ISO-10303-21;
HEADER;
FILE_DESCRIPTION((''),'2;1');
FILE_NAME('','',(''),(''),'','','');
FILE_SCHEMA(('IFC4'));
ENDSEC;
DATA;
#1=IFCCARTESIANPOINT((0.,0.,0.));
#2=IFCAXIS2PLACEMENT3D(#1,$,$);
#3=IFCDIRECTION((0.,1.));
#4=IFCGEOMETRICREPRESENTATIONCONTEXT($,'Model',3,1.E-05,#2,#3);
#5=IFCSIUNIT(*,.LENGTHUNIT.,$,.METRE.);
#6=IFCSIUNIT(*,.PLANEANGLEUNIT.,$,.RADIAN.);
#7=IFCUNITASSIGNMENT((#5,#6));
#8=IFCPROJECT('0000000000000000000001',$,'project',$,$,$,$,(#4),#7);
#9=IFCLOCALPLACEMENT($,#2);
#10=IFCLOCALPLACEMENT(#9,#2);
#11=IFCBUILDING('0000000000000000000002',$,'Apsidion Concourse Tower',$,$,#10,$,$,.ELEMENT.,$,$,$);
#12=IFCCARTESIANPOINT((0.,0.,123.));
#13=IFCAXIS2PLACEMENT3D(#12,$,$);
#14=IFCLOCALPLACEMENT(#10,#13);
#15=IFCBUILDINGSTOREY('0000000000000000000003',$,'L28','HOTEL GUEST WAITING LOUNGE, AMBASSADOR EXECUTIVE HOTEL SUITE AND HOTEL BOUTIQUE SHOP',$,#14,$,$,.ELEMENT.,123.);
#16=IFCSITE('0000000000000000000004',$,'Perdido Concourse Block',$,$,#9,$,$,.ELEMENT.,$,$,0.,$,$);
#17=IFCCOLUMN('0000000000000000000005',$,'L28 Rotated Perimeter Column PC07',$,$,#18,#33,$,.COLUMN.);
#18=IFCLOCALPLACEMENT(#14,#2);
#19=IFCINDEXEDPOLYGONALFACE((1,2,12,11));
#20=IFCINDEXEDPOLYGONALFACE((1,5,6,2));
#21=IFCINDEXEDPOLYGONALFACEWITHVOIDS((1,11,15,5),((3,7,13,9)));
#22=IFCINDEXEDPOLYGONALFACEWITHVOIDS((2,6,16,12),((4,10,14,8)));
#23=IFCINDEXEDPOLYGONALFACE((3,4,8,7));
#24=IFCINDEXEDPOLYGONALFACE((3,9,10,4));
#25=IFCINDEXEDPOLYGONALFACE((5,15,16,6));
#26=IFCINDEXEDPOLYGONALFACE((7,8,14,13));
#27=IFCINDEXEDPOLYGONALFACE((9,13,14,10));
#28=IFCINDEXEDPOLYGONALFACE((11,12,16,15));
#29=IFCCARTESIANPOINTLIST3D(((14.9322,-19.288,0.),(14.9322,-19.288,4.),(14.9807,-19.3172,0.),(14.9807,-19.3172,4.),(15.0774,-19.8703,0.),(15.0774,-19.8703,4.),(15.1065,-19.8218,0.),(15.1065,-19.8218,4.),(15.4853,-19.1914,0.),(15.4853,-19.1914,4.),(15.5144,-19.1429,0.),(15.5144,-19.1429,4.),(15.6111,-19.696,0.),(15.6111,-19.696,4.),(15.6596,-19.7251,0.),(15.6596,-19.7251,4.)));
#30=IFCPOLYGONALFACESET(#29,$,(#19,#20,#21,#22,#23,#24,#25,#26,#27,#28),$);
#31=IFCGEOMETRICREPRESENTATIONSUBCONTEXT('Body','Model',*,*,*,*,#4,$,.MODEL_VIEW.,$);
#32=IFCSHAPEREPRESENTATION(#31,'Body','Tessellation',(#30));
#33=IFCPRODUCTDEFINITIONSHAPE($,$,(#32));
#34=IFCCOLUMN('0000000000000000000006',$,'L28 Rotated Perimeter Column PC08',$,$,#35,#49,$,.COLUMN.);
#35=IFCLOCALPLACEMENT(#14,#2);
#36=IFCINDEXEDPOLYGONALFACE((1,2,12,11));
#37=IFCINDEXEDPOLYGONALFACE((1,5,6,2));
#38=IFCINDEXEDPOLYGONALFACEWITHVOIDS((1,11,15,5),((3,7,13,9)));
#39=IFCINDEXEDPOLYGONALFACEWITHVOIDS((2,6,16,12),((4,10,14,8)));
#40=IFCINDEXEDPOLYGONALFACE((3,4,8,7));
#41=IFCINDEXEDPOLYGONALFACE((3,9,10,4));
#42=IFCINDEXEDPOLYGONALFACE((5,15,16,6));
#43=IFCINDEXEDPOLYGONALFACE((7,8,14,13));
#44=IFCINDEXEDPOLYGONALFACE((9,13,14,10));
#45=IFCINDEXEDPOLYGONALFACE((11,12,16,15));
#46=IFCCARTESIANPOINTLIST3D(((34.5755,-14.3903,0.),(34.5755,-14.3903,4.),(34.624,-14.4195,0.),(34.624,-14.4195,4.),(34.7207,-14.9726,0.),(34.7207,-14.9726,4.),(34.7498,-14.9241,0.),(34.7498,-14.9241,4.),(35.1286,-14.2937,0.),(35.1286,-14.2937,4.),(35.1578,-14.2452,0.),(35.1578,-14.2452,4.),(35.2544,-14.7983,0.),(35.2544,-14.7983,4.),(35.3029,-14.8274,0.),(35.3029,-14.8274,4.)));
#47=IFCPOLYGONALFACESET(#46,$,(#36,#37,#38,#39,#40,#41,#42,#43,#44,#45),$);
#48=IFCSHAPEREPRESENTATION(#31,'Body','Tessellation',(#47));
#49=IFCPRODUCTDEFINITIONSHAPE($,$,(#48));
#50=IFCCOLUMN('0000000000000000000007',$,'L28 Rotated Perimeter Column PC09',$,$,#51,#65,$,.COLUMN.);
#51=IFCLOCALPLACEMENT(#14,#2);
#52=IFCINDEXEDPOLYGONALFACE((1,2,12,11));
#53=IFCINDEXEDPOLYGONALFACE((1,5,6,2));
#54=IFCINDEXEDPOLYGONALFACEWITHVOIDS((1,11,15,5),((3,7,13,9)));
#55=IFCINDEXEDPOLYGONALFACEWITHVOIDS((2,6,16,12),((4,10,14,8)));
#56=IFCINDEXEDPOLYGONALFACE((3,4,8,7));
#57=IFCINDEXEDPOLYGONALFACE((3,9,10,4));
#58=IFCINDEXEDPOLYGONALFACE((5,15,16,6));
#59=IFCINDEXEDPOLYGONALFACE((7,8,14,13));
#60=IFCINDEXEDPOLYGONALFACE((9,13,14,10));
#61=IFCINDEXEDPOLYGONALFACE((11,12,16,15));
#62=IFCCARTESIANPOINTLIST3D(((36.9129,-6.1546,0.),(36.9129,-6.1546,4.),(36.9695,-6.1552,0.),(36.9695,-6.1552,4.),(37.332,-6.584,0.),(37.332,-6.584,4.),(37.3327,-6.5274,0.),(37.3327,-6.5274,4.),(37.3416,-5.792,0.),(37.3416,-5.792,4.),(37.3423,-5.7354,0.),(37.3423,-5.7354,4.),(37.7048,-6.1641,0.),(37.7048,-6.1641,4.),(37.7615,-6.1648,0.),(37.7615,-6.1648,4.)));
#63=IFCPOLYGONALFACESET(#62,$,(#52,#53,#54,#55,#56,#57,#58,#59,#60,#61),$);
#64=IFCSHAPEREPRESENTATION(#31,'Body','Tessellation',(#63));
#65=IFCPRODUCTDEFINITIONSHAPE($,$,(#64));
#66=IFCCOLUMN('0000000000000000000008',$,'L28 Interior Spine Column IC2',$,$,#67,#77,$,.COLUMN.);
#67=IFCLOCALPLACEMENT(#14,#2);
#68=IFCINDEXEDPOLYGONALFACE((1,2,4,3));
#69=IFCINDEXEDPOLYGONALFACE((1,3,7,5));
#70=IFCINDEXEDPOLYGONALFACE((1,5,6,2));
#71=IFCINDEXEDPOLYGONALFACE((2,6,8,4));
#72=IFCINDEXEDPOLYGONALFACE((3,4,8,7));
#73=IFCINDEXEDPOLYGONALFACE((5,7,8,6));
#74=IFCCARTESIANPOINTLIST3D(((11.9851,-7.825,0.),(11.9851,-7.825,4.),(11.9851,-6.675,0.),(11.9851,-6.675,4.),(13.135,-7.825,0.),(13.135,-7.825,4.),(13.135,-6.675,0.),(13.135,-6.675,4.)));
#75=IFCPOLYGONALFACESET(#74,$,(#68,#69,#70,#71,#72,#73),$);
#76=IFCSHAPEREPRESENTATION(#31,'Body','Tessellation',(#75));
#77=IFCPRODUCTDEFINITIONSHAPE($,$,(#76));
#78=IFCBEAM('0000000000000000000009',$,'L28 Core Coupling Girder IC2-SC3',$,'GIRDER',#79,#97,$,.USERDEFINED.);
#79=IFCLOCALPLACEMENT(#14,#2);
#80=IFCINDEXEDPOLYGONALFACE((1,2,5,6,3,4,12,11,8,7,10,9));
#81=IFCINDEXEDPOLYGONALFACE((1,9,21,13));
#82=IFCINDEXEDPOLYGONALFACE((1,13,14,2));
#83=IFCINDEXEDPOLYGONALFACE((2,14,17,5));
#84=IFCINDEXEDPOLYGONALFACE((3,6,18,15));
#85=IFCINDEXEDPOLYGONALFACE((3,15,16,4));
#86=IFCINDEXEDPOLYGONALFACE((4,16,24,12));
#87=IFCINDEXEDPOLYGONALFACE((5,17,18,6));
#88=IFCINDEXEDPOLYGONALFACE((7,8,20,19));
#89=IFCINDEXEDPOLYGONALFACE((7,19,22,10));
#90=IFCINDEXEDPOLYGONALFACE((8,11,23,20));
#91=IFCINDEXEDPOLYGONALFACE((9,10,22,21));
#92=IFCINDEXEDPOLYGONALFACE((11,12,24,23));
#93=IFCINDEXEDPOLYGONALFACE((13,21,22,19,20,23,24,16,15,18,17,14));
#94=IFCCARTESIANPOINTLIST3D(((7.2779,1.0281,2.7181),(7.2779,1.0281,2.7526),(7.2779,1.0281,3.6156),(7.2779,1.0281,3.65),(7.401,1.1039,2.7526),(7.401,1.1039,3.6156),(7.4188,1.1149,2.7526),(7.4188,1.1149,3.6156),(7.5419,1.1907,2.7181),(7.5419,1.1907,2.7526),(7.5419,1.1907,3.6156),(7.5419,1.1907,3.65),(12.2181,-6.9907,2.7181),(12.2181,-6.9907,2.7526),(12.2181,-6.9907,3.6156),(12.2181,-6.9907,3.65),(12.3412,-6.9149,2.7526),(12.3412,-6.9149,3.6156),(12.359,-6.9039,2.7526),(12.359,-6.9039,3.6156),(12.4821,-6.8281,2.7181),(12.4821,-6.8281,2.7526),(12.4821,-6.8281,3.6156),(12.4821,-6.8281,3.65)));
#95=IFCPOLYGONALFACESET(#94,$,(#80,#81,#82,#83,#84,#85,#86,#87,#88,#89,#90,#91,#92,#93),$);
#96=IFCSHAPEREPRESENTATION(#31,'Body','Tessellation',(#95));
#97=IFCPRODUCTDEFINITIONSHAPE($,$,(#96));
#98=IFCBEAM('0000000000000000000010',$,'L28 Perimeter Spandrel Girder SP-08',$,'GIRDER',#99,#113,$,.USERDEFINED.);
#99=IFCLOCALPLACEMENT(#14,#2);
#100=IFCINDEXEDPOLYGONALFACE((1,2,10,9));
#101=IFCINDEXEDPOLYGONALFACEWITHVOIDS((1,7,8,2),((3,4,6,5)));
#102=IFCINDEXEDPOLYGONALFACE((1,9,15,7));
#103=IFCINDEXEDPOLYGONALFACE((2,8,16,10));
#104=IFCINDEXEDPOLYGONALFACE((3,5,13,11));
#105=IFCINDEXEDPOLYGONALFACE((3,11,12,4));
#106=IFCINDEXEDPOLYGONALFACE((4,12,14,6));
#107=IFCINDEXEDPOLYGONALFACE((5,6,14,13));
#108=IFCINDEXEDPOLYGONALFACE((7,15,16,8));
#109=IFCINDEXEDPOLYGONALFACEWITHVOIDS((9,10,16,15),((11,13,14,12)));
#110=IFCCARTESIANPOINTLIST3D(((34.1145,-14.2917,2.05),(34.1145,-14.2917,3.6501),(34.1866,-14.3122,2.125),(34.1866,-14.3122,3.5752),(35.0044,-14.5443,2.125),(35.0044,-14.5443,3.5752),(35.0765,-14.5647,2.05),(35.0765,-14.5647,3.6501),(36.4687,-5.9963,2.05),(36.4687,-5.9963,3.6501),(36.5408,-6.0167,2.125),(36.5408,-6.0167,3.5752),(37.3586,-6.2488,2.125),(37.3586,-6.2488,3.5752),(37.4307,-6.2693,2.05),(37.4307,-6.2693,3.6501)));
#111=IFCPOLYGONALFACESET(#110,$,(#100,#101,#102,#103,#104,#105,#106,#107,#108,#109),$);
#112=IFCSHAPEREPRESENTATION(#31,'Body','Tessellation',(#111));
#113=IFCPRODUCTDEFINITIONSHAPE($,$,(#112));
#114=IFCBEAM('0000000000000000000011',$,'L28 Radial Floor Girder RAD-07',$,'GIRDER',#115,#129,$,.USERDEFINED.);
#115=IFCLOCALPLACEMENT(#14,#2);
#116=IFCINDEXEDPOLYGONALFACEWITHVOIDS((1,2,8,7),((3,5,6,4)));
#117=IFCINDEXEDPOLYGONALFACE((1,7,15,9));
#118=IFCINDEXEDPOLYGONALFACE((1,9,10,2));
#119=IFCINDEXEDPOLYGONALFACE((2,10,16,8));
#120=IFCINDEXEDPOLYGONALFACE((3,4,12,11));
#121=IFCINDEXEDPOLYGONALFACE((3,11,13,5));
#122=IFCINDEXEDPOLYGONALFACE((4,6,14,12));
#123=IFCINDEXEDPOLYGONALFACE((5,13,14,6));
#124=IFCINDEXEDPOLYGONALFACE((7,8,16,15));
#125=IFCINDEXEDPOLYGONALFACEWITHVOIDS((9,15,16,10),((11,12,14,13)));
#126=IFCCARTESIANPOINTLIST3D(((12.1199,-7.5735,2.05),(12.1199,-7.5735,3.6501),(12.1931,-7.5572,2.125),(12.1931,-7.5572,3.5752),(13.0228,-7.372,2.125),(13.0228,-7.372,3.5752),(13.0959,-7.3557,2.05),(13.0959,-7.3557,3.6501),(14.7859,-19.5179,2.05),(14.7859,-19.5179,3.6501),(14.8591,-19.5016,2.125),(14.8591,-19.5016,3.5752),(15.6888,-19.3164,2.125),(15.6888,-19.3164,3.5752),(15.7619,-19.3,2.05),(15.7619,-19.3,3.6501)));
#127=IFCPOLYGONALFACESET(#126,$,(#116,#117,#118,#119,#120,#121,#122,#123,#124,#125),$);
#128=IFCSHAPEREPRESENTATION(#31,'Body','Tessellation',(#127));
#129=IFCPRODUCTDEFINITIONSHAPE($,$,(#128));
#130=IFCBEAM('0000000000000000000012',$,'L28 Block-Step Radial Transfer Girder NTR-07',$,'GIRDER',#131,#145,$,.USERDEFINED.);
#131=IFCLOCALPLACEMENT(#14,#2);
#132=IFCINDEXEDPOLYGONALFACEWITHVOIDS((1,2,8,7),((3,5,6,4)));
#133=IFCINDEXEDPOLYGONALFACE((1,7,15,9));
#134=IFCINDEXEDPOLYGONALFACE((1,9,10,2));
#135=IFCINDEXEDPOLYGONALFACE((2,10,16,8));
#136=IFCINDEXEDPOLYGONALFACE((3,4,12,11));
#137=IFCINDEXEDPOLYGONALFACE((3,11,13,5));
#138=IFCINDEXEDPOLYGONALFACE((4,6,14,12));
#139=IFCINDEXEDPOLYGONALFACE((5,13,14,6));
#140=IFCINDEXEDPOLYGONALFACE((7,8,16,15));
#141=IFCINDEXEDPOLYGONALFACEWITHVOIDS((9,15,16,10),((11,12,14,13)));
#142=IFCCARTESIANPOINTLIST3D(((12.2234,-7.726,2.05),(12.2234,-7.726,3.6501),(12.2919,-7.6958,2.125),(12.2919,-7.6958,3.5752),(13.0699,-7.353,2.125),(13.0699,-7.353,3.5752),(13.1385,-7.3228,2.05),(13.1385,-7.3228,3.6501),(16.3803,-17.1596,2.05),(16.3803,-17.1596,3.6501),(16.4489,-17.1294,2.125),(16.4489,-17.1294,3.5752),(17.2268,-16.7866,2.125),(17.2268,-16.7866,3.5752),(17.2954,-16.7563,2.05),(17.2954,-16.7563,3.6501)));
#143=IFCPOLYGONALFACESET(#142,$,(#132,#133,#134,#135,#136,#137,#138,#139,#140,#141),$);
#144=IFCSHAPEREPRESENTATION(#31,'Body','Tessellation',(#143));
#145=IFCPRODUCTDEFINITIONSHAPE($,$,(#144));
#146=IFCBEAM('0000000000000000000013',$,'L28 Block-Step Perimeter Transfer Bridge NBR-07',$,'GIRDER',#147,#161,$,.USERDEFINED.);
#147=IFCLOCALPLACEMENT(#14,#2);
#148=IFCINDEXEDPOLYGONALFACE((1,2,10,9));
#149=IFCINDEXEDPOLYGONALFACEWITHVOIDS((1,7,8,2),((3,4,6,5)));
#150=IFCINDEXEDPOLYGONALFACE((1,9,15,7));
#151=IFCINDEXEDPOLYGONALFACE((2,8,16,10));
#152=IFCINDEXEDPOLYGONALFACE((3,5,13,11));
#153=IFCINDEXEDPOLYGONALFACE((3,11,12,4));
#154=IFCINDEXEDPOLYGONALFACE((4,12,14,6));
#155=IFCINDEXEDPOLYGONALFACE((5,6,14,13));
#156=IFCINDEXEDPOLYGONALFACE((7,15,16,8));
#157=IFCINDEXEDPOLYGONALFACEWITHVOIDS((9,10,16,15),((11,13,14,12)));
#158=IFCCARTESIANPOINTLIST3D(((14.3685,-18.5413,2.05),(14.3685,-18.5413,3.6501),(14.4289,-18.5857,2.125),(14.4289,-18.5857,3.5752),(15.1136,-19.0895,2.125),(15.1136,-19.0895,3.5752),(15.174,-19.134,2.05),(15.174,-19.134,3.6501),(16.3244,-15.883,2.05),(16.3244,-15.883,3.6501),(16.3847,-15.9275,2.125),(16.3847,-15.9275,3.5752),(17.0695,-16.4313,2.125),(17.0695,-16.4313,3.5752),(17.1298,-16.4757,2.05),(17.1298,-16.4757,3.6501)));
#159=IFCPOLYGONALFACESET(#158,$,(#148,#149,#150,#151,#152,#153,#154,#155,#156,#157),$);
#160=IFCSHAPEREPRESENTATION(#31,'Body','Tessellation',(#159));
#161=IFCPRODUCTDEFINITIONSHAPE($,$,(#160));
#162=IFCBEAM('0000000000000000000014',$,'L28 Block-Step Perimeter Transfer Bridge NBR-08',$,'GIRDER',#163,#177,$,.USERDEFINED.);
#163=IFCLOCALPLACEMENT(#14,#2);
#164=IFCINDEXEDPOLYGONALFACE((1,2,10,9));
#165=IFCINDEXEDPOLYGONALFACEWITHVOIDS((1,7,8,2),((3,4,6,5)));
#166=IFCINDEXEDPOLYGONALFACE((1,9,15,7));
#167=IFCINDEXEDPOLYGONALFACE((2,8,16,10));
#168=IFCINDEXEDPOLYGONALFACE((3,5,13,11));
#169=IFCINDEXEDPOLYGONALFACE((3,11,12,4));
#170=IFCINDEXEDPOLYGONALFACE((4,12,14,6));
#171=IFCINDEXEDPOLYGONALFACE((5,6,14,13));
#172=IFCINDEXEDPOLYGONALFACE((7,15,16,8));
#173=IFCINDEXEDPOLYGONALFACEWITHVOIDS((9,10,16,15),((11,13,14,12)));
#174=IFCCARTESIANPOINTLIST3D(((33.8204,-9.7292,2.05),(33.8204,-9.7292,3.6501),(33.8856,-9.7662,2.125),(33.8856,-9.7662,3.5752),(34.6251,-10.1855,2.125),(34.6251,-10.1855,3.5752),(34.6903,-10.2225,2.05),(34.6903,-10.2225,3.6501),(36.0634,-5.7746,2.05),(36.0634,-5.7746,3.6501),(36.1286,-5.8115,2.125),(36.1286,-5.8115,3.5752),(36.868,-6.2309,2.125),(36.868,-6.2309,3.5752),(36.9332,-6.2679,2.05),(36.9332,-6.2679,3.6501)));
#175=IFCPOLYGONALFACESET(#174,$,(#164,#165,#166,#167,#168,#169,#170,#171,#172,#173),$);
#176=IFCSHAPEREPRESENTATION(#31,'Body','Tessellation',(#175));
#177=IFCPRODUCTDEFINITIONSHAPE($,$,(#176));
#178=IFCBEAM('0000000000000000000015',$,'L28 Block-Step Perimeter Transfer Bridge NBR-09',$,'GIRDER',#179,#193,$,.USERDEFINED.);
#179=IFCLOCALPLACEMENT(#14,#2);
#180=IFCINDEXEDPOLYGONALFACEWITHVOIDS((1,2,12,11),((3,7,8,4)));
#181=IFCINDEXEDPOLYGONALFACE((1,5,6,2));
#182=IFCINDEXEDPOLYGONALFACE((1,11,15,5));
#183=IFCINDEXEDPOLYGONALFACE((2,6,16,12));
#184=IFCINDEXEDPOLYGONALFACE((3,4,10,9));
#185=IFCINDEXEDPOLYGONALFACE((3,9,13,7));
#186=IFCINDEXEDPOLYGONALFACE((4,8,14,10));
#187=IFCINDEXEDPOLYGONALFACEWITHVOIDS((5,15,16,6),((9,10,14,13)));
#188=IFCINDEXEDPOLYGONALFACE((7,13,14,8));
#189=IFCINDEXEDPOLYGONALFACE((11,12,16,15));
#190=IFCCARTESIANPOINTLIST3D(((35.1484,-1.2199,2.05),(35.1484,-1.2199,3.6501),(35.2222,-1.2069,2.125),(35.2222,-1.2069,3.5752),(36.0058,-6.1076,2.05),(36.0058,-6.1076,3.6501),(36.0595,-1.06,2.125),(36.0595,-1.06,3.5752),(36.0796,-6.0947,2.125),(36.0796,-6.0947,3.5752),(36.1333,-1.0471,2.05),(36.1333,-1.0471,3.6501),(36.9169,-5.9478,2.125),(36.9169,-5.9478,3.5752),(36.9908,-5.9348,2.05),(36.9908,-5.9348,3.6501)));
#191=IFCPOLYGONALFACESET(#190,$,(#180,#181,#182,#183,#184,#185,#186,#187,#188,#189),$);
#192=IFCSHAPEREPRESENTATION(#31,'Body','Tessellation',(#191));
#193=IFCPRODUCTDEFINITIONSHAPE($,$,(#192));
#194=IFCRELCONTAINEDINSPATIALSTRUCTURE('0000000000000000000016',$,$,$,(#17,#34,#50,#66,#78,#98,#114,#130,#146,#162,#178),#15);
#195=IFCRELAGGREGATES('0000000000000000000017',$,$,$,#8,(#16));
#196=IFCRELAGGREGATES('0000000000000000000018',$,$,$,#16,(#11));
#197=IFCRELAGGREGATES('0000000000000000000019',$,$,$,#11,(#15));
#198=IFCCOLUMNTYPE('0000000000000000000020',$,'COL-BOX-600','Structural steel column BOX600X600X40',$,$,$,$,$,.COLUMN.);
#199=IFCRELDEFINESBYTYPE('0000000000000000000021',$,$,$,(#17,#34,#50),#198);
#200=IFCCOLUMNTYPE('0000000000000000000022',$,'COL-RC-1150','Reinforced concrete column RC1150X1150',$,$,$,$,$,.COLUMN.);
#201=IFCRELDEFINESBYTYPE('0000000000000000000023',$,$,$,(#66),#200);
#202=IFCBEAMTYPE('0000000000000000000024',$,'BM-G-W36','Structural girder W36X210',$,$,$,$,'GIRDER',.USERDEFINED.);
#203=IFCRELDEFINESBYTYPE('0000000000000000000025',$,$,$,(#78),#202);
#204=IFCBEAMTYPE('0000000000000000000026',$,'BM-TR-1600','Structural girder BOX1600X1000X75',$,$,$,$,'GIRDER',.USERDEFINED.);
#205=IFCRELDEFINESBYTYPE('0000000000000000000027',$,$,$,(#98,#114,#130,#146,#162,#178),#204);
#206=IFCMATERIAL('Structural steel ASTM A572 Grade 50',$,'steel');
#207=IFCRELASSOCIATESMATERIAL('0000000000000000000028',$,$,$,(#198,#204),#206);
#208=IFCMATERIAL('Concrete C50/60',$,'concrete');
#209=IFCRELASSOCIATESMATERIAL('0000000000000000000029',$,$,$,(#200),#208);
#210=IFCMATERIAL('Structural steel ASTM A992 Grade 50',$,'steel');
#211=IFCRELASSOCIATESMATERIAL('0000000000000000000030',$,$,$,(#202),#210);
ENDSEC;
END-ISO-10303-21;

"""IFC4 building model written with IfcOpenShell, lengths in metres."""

from ifc_helpers import new_model, si_unit, direction, frame, origin, origin_2d, place, context, subcontext, project, spatial, rectangle, hollow_rectangle, i_section, extrude, material, material_profile, profile_set, type_object, element, save


model = new_model("IFC4")

# Units and contexts
model_context = context("Model", 3, precision=1e-05, world=origin(), true_north=direction((0.0, 1.0)))
body_context = subcontext(model_context, "Body", "Model", "MODEL_VIEW")
ifc_project = project(units=[si_unit("LENGTHUNIT", "METRE"), si_unit("PLANEANGLEUNIT", "RADIAN")], contexts=[model_context])

# Site, building, storey
site_placement = place(None, origin())
site = spatial("IfcSite", under=ifc_project, at=site_placement, Name="Perdido Concourse Block", CompositionType="ELEMENT", RefElevation=0.0)
building_placement = place(site_placement, origin())
building = spatial("IfcBuilding", under=site, at=building_placement, Name="Apsidion Concourse Tower", CompositionType="ELEMENT")
storey_placement = place(building_placement, frame((0.0, 0.0, 123.0)))
storey = spatial("IfcBuildingStorey", under=building, at=storey_placement, Name="L28", Description="HOTEL GUEST WAITING LOUNGE, AMBASSADOR EXECUTIVE HOTEL SUITE AND HOTEL BOUTIQUE SHOP", CompositionType="ELEMENT", Elevation=123.0)

# Columns
ifc_material_1 = material(Name="Structural steel ASTM A572 Grade 50", Category="steel")
ifc_material_profile_1 = material_profile(ifc_material_1, hollow_rectangle(XDim=0.6001, YDim=0.6001, WallThickness=0.04, at=origin_2d()), Name="BOX600X600X40")
ifc_profile_set_1 = profile_set([ifc_material_profile_1], Name="Structural steel ASTM A572 Grade 50")
column_type_1 = type_object("IfcColumnType", Name="COL-BOX-600", Description="Structural steel column BOX600X600X40", PredefinedType="COLUMN", material=ifc_profile_set_1)
for number, where, z_axis, x_axis, name in (
    (1, (15.2959, -19.5066, 0.0), (0.0, 0.0, 1.0), (0.970296, 0.241922, 0.0), "L28 Rotated Perimeter Column PC07"),
    (2, (34.9392, -14.6089, 0.0), (0.0, 0.0, 1.0), (0.970296, 0.241922, 0.0), "L28 Rotated Perimeter Column PC08"),
    (3, (37.3372, -6.1597, 0.0), (0.0, 0.0, 1.0), (-0.69854, 0.715571, 0.0), "L28 Rotated Perimeter Column PC09"),
):
    element("IfcColumn", number, at=place(storey_placement, frame(where, z_axis=z_axis, x_axis=x_axis)), inside=storey, type_object=column_type_1, Name=name, PredefinedType="COLUMN", context=body_context, shape_type="SweptSolid", body=[
        extrude(hollow_rectangle(XDim=0.6001, YDim=0.6001, WallThickness=0.04, at=origin_2d()), origin(), (0.0, 0.0, 1.0), 4.0),
    ])
ifc_material_2 = material(Name="Concrete C50/60", Category="concrete")
ifc_material_profile_2 = material_profile(ifc_material_2, rectangle(XDim=1.1499, YDim=1.1499, at=origin_2d()), Name="RC 1150x1150")
ifc_profile_set_2 = profile_set([ifc_material_profile_2], Name="Concrete C50/60")
column_type_2 = type_object("IfcColumnType", Name="COL-RC-1150", Description="Reinforced concrete column RC1150X1150", PredefinedType="COLUMN", material=ifc_profile_set_2)
column_placement = place(storey_placement, frame((12.5601, -7.25, 0.0), z_axis=(0.0, 0.0, 1.0), x_axis=(1.0, 0.0, 0.0)))
element("IfcColumn", 4, at=column_placement, inside=storey, type_object=column_type_2, Name="L28 Interior Spine Column IC2", PredefinedType="COLUMN", context=body_context, shape_type="SweptSolid", body=[
    extrude(rectangle(XDim=1.1499, YDim=1.1499, at=origin_2d()), origin(), (0.0, 0.0, 1.0), 4.0),
])

# Beams
ifc_material_3 = material(Name="Structural steel ASTM A992 Grade 50", Category="steel")
ifc_material_profile_3 = material_profile(ifc_material_3, i_section(OverallWidth=0.3101, OverallDepth=0.9319, WebThickness=0.021, FlangeThickness=0.0344, at=origin_2d()), Name="W36X210")
ifc_profile_set_3 = profile_set([ifc_material_profile_3], Name="Structural steel ASTM A992 Grade 50")
beam_type_1 = type_object("IfcBeamType", Name="BM-G-W36", Description="Structural girder W36X210", ElementType="GIRDER", PredefinedType="USERDEFINED", material=ifc_profile_set_3)
beam_1_placement = place(storey_placement, frame((12.3501, -6.9094, 3.1841), z_axis=(-0.524524, 0.851396, 0.0), x_axis=(-0.851396, -0.524524, 0.0)))
element("IfcBeam", 5, at=beam_1_placement, inside=storey, type_object=beam_type_1, Name="L28 Core Coupling Girder IC2-SC3", ObjectType="GIRDER", PredefinedType="USERDEFINED", context=body_context, shape_type="SweptSolid", body=[
    extrude(i_section(OverallWidth=0.3101, OverallDepth=0.9319, WebThickness=0.021, FlangeThickness=0.0344, at=origin_2d()), origin(), (0.0, 0.0, 1.0), 9.4185),
])
ifc_material_profile_4 = material_profile(ifc_material_1, hollow_rectangle(XDim=1.0, YDim=1.6001, WallThickness=0.075, at=origin_2d()), Name="BOX1600X1000X75")
ifc_profile_set_4 = profile_set([ifc_material_profile_4], Name="Structural steel ASTM A572 Grade 50")
beam_type_2 = type_object("IfcBeamType", Name="BM-TR-1600", Description="Structural girder BOX1600X1000X75", ElementType="GIRDER", PredefinedType="USERDEFINED", material=ifc_profile_set_4)
beam_2_placement = place(storey_placement, frame((34.5955, -14.4282, 2.8501), z_axis=(0.273019, 0.962009, 0.0), x_axis=(-0.962009, 0.273019, 0.0)))
element("IfcBeam", 6, at=beam_2_placement, inside=storey, type_object=beam_type_2, Name="L28 Perimeter Spandrel Girder SP-08", ObjectType="GIRDER", PredefinedType="USERDEFINED", context=body_context, shape_type="SweptSolid", body=[
    extrude(hollow_rectangle(XDim=1.0, YDim=1.6001, WallThickness=0.075, at=origin_2d()), origin(), (0.0, 0.0, 1.0), 8.623),
])
beam_3_placement = place(storey_placement, frame((12.6079, -7.4646, 2.8501), z_axis=(0.217843, -0.975984, 0.0), x_axis=(0.975984, 0.217843, 0.0)))
element("IfcBeam", 7, at=beam_3_placement, inside=storey, type_object=beam_type_2, Name="L28 Radial Floor Girder RAD-07", ObjectType="GIRDER", PredefinedType="USERDEFINED", context=body_context, shape_type="SweptSolid", body=[
    extrude(hollow_rectangle(XDim=1.0, YDim=1.6001, WallThickness=0.075, at=origin_2d()), origin(), (0.0, 0.0, 1.0), 12.2383),
])
beam_4_placement = place(storey_placement, frame((12.6809, -7.5244, 2.8501), z_axis=(0.403243, -0.915093, 0.0), x_axis=(0.915093, 0.403243, 0.0)))
element("IfcBeam", 8, at=beam_4_placement, inside=storey, type_object=beam_type_2, Name="L28 Block-Step Radial Transfer Girder NTR-07", ObjectType="GIRDER", PredefinedType="USERDEFINED", context=body_context, shape_type="SweptSolid", body=[
    extrude(hollow_rectangle(XDim=1.0, YDim=1.6001, WallThickness=0.075, at=origin_2d()), origin(), (0.0, 0.0, 1.0), 10.3088),
])
beam_5_placement = place(storey_placement, frame((14.7712, -18.8376, 2.8501), z_axis=(0.592636, 0.80547, 0.0), x_axis=(-0.80547, 0.592636, 0.0)))
element("IfcBeam", 9, at=beam_5_placement, inside=storey, type_object=beam_type_2, Name="L28 Block-Step Perimeter Transfer Bridge NBR-07", ObjectType="GIRDER", PredefinedType="USERDEFINED", context=body_context, shape_type="SweptSolid", body=[
    extrude(hollow_rectangle(XDim=1.0, YDim=1.6001, WallThickness=0.075, at=origin_2d()), origin(), (0.0, 0.0, 1.0), 3.3003),
])
beam_6_placement = place(storey_placement, frame((36.4983, -6.0212, 2.8501), z_axis=(-0.493343, -0.869835, 0.0), x_axis=(0.869835, -0.493343, 0.0)))
element("IfcBeam", 10, at=beam_6_placement, inside=storey, type_object=beam_type_2, Name="L28 Block-Step Perimeter Transfer Bridge NBR-08", ObjectType="GIRDER", PredefinedType="USERDEFINED", context=body_context, shape_type="SweptSolid", body=[
    extrude(hollow_rectangle(XDim=1.0, YDim=1.6001, WallThickness=0.075, at=origin_2d()), origin(), (0.0, 0.0, 1.0), 4.5464),
])
beam_7_placement = place(storey_placement, frame((36.4983, -6.0212, 2.8501), z_axis=(-0.172786, 0.984959, 0.0), x_axis=(-0.984959, -0.172786, 0.0)))
element("IfcBeam", 11, at=beam_7_placement, inside=storey, type_object=beam_type_2, Name="L28 Block-Step Perimeter Transfer Bridge NBR-09", ObjectType="GIRDER", PredefinedType="USERDEFINED", context=body_context, shape_type="SweptSolid", body=[
    extrude(hollow_rectangle(XDim=1.0, YDim=1.6001, WallThickness=0.075, at=origin_2d()), origin(), (0.0, 0.0, 1.0), 4.9624),
])

save(model, "model.ifc")
